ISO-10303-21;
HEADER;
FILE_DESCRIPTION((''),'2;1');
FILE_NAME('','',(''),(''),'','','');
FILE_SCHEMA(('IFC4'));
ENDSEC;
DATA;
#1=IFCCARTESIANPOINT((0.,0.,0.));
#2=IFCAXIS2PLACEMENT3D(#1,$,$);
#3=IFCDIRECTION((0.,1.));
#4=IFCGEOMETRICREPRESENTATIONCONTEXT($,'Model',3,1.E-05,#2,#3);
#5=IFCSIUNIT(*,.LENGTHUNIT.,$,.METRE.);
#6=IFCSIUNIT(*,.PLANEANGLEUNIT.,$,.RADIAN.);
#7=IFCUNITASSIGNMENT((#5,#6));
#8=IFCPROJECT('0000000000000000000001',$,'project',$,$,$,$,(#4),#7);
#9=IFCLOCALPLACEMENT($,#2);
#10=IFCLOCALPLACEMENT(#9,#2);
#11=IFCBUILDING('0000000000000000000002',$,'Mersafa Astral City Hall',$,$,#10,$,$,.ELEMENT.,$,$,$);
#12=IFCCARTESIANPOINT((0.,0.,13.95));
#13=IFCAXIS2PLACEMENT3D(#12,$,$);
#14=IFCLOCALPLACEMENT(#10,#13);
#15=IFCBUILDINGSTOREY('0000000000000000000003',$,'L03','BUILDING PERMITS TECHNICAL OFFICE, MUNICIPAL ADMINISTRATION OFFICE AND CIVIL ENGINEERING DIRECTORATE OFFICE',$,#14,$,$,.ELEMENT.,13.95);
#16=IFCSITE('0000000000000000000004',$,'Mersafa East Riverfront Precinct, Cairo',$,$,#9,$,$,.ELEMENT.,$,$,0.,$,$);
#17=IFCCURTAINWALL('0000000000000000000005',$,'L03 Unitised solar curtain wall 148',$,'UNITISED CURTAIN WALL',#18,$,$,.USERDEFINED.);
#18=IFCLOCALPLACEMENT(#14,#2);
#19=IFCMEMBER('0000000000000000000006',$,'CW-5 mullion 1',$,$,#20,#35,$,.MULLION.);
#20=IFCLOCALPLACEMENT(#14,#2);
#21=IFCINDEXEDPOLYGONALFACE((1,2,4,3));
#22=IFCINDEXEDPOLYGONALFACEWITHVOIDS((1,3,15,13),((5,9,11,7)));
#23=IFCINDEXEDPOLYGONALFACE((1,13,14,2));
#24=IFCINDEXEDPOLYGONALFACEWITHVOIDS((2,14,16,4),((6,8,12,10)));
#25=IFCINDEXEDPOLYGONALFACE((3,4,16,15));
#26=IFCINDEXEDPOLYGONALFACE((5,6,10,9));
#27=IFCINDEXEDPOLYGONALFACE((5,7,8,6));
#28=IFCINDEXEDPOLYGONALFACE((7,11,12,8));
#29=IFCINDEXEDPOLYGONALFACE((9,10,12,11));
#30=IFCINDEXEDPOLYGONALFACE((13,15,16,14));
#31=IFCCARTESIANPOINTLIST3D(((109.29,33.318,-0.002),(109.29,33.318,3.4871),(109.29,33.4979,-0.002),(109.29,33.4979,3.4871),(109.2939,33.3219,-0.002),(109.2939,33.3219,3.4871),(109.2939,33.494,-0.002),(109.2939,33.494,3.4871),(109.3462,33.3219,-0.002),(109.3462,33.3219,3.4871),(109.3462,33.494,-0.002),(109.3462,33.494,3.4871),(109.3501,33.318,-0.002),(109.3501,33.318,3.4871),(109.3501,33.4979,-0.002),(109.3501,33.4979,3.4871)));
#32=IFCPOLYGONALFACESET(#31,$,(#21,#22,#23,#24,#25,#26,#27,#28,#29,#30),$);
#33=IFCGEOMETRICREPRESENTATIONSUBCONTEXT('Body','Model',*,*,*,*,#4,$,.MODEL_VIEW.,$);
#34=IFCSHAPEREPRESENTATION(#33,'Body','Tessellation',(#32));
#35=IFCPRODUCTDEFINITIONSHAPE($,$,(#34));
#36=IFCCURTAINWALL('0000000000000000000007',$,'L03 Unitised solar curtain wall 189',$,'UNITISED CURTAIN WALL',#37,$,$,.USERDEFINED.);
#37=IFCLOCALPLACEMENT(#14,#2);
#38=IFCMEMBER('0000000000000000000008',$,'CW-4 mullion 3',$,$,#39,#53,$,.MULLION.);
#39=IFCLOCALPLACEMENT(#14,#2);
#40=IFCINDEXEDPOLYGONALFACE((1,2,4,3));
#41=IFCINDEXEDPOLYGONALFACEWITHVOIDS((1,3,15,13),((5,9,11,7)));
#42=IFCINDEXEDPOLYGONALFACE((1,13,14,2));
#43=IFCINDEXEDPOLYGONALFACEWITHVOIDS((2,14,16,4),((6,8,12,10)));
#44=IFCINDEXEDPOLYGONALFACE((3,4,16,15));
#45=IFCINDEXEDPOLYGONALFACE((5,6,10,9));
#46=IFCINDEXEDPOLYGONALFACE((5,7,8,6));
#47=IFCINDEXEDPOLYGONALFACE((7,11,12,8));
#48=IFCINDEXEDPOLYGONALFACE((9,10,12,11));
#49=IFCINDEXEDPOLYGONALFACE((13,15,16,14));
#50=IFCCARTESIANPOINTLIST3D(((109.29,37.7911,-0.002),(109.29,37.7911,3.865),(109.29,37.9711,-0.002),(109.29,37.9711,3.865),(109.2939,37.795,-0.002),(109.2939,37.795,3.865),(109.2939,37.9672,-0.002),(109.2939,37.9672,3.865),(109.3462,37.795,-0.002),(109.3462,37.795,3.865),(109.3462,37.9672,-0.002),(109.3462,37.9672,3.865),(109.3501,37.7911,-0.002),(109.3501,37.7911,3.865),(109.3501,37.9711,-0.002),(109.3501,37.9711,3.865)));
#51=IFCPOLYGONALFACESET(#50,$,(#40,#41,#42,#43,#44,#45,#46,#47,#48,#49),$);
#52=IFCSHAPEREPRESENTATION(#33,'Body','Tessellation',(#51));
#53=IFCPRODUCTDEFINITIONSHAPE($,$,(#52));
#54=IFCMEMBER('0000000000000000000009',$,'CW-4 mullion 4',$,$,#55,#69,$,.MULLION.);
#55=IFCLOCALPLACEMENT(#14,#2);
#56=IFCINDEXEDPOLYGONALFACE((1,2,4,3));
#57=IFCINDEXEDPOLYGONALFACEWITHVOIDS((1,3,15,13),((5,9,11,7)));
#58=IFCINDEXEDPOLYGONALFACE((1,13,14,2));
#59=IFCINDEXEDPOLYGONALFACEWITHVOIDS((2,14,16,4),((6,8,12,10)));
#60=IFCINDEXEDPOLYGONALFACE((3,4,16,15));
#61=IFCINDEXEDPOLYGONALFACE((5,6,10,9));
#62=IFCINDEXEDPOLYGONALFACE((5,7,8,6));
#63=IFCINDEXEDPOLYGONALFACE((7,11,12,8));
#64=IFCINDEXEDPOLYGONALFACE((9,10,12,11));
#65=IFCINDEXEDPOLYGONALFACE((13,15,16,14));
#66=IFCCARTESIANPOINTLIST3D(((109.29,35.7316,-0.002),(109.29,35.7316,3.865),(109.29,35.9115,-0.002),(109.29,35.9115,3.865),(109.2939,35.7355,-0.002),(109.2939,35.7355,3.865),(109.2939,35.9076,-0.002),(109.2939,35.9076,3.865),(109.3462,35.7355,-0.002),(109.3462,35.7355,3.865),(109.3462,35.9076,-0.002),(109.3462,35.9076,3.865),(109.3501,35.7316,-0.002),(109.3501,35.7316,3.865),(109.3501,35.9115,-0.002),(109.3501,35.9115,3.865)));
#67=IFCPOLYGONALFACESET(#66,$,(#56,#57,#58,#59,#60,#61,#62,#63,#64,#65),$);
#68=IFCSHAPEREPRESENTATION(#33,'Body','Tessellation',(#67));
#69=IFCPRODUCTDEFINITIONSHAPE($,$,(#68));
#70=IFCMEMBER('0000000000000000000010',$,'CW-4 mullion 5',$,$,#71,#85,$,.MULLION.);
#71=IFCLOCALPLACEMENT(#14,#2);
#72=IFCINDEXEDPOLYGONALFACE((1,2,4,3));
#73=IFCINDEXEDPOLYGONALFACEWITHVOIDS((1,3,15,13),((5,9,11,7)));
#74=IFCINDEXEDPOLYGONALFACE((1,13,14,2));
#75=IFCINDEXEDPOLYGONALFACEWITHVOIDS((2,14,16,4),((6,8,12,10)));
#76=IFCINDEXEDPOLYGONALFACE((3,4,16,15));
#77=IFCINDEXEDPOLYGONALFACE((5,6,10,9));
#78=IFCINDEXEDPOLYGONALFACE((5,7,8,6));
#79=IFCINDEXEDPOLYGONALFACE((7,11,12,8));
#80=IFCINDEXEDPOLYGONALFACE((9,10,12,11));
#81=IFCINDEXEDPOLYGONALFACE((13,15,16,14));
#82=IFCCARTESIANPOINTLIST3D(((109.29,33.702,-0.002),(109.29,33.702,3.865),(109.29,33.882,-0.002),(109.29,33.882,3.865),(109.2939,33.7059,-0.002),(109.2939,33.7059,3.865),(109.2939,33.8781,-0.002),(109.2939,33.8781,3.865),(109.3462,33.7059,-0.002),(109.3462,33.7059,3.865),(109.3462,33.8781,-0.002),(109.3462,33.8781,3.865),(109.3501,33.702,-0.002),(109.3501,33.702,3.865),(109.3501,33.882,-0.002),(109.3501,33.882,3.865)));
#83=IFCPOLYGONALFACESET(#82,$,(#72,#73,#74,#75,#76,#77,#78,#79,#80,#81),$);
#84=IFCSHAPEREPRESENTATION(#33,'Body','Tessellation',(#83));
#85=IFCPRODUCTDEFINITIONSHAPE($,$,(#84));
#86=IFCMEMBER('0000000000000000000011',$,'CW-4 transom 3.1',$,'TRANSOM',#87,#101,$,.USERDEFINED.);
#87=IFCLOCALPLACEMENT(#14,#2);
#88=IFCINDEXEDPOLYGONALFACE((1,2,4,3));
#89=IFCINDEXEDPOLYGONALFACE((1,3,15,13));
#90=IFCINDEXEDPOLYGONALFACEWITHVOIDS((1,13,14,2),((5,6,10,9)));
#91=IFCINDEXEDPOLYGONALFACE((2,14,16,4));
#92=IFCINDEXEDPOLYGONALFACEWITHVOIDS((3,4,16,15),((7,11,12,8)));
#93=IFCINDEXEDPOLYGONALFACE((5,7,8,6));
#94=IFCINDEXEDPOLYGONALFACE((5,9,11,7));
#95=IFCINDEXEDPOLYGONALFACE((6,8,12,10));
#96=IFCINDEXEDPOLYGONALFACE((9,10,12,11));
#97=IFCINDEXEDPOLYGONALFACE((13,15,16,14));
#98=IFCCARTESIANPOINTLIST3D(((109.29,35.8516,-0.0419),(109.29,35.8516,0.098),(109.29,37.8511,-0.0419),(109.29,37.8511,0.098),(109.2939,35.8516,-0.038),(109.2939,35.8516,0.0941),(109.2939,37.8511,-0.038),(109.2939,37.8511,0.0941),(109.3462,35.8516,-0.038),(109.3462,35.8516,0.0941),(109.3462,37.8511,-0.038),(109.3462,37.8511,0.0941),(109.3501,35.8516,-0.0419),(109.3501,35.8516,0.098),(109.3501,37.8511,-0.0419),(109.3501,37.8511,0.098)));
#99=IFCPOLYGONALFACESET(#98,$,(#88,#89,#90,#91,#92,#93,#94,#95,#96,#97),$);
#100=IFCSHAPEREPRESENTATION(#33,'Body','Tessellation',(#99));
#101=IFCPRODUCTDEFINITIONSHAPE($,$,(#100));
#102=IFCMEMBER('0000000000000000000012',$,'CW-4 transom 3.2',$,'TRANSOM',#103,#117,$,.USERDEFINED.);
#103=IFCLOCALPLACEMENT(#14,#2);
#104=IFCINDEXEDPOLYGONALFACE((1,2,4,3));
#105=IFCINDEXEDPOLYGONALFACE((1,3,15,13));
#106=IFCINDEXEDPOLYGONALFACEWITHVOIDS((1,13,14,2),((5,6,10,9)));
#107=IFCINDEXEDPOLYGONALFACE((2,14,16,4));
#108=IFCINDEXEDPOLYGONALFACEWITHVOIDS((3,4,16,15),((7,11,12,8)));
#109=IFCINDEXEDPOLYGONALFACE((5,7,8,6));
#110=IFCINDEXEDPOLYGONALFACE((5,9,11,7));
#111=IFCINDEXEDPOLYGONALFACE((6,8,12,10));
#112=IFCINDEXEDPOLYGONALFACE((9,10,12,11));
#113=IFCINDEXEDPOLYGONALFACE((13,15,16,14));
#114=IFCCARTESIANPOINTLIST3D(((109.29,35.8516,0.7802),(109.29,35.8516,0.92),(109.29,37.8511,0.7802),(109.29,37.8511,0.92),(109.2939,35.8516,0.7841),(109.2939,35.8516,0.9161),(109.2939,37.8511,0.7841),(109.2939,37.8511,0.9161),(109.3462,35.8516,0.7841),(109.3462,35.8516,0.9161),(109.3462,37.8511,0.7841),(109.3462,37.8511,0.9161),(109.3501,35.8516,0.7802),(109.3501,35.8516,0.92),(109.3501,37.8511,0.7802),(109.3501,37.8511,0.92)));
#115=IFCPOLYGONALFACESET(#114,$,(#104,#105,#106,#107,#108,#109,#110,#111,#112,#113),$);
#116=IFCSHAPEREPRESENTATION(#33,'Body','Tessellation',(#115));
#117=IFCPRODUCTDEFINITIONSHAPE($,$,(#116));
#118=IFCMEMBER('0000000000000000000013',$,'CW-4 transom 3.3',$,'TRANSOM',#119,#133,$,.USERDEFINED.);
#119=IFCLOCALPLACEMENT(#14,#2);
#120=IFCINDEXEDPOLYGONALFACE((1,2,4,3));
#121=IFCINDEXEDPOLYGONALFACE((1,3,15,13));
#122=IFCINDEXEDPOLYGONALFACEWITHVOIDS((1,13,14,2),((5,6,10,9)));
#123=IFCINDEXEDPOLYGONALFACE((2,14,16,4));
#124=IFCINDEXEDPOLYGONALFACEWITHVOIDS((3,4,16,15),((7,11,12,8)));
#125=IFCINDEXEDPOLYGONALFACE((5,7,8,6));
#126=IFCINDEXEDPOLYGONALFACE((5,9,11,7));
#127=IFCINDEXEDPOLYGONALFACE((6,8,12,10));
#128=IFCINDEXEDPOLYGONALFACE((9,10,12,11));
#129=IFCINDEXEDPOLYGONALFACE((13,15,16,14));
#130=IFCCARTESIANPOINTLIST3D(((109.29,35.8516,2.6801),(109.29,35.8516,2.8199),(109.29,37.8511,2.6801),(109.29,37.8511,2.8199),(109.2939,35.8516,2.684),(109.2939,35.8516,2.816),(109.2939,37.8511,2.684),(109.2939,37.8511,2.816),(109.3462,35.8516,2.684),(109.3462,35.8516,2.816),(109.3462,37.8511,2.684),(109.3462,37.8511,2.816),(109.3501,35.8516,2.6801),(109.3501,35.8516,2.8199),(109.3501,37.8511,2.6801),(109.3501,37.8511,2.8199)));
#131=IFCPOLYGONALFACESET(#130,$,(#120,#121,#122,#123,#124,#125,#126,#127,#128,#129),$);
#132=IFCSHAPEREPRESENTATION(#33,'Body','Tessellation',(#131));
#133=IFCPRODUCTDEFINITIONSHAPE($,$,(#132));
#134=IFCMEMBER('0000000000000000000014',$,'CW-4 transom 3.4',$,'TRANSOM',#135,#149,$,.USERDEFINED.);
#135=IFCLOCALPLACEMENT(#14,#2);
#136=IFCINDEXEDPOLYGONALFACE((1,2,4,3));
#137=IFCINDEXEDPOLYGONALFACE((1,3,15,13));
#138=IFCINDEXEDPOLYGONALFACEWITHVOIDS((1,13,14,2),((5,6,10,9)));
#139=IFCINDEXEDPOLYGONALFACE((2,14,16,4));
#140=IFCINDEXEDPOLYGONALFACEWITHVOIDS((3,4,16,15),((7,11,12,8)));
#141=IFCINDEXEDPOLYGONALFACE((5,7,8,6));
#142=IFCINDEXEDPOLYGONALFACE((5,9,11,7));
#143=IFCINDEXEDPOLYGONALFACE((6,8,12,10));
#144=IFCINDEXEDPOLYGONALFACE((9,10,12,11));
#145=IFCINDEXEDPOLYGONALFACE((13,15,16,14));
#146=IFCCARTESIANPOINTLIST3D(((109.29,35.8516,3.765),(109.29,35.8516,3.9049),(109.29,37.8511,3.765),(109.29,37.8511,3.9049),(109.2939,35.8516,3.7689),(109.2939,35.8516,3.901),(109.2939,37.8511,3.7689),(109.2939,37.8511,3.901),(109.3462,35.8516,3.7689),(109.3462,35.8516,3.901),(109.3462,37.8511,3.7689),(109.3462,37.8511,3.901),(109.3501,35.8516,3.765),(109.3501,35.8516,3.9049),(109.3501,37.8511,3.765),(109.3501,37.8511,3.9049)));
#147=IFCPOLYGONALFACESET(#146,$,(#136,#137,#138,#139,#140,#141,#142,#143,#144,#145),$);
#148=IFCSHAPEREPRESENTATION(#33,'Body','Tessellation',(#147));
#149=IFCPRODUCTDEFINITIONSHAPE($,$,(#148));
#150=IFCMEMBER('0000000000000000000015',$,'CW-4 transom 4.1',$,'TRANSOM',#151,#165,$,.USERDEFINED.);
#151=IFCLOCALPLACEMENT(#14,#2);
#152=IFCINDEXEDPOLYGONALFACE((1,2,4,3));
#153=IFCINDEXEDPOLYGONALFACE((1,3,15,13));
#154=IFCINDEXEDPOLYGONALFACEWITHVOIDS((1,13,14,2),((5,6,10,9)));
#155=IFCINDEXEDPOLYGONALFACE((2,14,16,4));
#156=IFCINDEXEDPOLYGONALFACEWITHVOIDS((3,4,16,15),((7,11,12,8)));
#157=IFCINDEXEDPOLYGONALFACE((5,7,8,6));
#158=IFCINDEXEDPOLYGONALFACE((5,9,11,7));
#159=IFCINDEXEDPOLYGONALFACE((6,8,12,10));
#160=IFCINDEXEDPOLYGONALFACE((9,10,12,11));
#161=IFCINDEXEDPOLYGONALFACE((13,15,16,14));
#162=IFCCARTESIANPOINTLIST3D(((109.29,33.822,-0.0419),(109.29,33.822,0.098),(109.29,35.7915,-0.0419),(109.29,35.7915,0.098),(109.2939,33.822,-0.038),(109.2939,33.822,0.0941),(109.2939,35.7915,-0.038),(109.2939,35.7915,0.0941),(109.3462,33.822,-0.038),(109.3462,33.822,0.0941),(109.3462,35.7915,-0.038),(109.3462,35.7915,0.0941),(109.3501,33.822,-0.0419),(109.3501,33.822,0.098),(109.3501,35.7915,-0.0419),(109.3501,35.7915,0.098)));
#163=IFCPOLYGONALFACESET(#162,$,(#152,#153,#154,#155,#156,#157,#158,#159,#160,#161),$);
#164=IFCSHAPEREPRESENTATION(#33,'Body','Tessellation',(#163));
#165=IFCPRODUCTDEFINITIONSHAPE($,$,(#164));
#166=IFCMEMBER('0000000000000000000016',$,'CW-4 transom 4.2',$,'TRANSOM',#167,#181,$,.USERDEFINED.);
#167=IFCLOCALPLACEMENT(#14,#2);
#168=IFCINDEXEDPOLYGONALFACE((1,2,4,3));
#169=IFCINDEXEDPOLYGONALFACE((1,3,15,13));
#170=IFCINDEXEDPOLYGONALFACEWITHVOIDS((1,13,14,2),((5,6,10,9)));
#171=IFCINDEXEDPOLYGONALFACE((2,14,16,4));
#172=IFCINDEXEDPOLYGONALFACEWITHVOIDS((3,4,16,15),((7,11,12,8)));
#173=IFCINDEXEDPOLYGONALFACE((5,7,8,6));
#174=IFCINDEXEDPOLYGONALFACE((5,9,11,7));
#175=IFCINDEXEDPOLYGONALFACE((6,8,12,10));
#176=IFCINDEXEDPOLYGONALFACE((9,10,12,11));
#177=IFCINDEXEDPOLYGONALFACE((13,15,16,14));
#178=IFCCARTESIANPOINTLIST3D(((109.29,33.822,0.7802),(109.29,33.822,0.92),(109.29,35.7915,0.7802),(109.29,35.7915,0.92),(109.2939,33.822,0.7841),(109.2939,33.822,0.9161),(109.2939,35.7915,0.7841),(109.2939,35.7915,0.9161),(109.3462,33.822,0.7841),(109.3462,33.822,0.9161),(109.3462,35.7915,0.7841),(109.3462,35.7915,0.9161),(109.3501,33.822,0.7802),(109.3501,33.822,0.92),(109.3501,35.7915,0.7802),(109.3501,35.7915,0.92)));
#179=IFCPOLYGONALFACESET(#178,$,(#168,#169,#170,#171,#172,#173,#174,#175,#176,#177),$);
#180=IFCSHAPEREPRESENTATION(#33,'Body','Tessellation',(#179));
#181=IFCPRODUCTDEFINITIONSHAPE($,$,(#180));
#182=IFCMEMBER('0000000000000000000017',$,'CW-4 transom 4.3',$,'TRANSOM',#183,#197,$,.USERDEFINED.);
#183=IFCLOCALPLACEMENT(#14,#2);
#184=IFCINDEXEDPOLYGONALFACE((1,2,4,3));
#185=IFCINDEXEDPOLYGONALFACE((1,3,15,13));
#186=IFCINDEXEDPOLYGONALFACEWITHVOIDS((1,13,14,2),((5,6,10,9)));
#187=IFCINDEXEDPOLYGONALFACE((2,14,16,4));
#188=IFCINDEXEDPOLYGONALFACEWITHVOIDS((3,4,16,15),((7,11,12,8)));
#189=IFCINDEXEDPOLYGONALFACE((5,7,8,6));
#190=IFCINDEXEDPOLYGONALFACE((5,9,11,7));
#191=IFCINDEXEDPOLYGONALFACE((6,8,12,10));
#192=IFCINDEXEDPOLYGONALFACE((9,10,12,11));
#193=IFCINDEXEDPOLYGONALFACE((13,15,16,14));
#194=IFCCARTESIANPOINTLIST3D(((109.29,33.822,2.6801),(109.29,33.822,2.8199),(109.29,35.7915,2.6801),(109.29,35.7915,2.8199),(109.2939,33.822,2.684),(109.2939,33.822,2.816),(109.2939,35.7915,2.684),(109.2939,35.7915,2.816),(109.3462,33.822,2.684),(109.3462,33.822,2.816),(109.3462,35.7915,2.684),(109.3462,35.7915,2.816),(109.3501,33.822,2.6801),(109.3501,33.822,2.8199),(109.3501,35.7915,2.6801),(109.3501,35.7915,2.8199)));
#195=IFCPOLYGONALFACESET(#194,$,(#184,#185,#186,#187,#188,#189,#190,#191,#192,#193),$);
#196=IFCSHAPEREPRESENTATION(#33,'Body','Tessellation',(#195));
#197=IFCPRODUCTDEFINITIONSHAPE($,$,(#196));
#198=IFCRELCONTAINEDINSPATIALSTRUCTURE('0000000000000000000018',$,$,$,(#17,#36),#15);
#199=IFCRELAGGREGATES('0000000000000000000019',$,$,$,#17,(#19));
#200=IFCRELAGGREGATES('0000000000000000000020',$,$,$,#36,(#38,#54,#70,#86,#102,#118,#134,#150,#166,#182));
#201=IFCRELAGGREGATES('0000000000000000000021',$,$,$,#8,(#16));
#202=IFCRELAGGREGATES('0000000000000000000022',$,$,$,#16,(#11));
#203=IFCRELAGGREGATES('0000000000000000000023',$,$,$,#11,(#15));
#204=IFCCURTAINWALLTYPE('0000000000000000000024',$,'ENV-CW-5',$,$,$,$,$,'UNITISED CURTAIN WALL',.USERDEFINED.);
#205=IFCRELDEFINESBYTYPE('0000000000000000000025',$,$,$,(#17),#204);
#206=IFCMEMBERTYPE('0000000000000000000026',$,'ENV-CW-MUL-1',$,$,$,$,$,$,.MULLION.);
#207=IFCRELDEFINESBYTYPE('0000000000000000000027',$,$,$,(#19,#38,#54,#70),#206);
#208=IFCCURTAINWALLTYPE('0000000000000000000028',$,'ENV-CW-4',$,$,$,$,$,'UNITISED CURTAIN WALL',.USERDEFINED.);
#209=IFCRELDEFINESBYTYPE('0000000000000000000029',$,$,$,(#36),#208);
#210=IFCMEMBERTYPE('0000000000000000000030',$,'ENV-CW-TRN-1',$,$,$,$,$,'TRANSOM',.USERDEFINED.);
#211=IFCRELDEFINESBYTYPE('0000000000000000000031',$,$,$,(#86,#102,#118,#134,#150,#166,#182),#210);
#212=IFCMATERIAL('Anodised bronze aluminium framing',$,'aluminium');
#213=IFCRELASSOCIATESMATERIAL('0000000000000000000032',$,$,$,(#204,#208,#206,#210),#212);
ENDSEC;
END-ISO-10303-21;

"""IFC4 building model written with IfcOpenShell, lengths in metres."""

from ifc_helpers import new_model, si_unit, direction, frame, origin, origin_2d, place, context, subcontext, project, spatial, hollow_rectangle, extrude, material, material_profile, profile_set, type_object, element, aggregate, save


model = new_model("IFC4")

# Units and contexts
model_context = context("Model", 3, precision=1e-05, world=origin(), true_north=direction((0.0, 1.0)))
body_context = subcontext(model_context, "Body", "Model", "MODEL_VIEW")
ifc_project = project(units=[si_unit("LENGTHUNIT", "METRE"), si_unit("PLANEANGLEUNIT", "RADIAN")], contexts=[model_context])

# Site, building, storey
site_placement = place(None, origin())
site = spatial("IfcSite", under=ifc_project, at=site_placement, Name="Mersafa East Riverfront Precinct, Cairo", CompositionType="ELEMENT", RefElevation=0.0)
building_placement = place(site_placement, origin())
building = spatial("IfcBuilding", under=site, at=building_placement, Name="Mersafa Astral City Hall", CompositionType="ELEMENT")
storey_placement = place(building_placement, frame((0.0, 0.0, 13.95)))
storey = spatial("IfcBuildingStorey", under=building, at=storey_placement, Name="L03", Description="BUILDING PERMITS TECHNICAL OFFICE, MUNICIPAL ADMINISTRATION OFFICE AND CIVIL ENGINEERING DIRECTORATE OFFICE", CompositionType="ELEMENT", Elevation=13.95)

# Curtain wall, member
ifc_material_1 = material(Name="Anodised bronze aluminium framing", Category="aluminium")
curtain_wall_type_1 = type_object("IfcCurtainWallType", Name="ENV-CW-5", ElementType="UNITISED CURTAIN WALL", PredefinedType="USERDEFINED", material=ifc_material_1)
curtain_wall_1_placement = place(storey_placement, origin())
curtain_wall_1 = element("IfcCurtainWall", 1, at=curtain_wall_1_placement, inside=storey, type_object=curtain_wall_type_1, Name="L03 Unitised solar curtain wall 148", ObjectType="UNITISED CURTAIN WALL", PredefinedType="USERDEFINED")
ifc_material_profile_1 = material_profile(ifc_material_1, hollow_rectangle(XDim=0.0601, YDim=0.1799, WallThickness=0.0039, at=origin_2d()), Name="RHS 60x180x4")
ifc_profile_set_1 = profile_set([ifc_material_profile_1], Name="Anodised bronze aluminium framing")
member_type_1 = type_object("IfcMemberType", Name="ENV-CW-MUL-1", PredefinedType="MULLION", material=ifc_profile_set_1)
member_1_placement = place(storey_placement, frame((109.3201, 33.408, -0.002), z_axis=(0.0, 0.0, 1.0), x_axis=(1.0, 0.0, 0.0)))
member_1 = element("IfcMember", 2, at=member_1_placement, type_object=member_type_1, Name="CW-5 mullion 1", PredefinedType="MULLION", context=body_context, shape_type="SweptSolid", body=[
    extrude(hollow_rectangle(XDim=0.0601, YDim=0.1799, WallThickness=0.0039, at=origin_2d()), origin(), (0.0, 0.0, 1.0), 3.489),
])
aggregate(curtain_wall_1, [member_1])

# Curtain wall, members
curtain_wall_type_2 = type_object("IfcCurtainWallType", Name="ENV-CW-4", ElementType="UNITISED CURTAIN WALL", PredefinedType="USERDEFINED", material=ifc_material_1)
curtain_wall_2_placement = place(storey_placement, origin())
curtain_wall_2 = element("IfcCurtainWall", 3, at=curtain_wall_2_placement, inside=storey, type_object=curtain_wall_type_2, Name="L03 Unitised solar curtain wall 189", ObjectType="UNITISED CURTAIN WALL", PredefinedType="USERDEFINED")
member_2_placement = place(storey_placement, frame((109.3201, 37.8811, -0.002), z_axis=(0.0, 0.0, 1.0), x_axis=(1.0, 0.0, 0.0)))
member_2 = element("IfcMember", 4, at=member_2_placement, type_object=member_type_1, Name="CW-4 mullion 3", PredefinedType="MULLION", context=body_context, shape_type="SweptSolid", body=[
    extrude(hollow_rectangle(XDim=0.0601, YDim=0.1799, WallThickness=0.0039, at=origin_2d()), origin(), (0.0, 0.0, 1.0), 3.8669),
])
member_3_placement = place(storey_placement, frame((109.3201, 35.8215, -0.002), z_axis=(0.0, 0.0, 1.0), x_axis=(1.0, 0.0, 0.0)))
member_3 = element("IfcMember", 5, at=member_3_placement, type_object=member_type_1, Name="CW-4 mullion 4", PredefinedType="MULLION", context=body_context, shape_type="SweptSolid", body=[
    extrude(hollow_rectangle(XDim=0.0601, YDim=0.1799, WallThickness=0.0039, at=origin_2d()), origin(), (0.0, 0.0, 1.0), 3.8669),
])
member_4_placement = place(storey_placement, frame((109.3201, 33.792, -0.002), z_axis=(0.0, 0.0, 1.0), x_axis=(1.0, 0.0, 0.0)))
member_4 = element("IfcMember", 6, at=member_4_placement, type_object=member_type_1, Name="CW-4 mullion 5", PredefinedType="MULLION", context=body_context, shape_type="SweptSolid", body=[
    extrude(hollow_rectangle(XDim=0.0601, YDim=0.1799, WallThickness=0.0039, at=origin_2d()), origin(), (0.0, 0.0, 1.0), 3.8669),
])
ifc_material_profile_2 = material_profile(ifc_material_1, hollow_rectangle(XDim=0.0601, YDim=0.1399, WallThickness=0.0039, at=origin_2d()), Name="RHS 60x140x4")
ifc_profile_set_2 = profile_set([ifc_material_profile_2], Name="Anodised bronze aluminium framing")
member_type_2 = type_object("IfcMemberType", Name="ENV-CW-TRN-1", ElementType="TRANSOM", PredefinedType="USERDEFINED", material=ifc_profile_set_2)
member_5_placement = place(storey_placement, frame((109.3201, 37.8511, 0.0281), z_axis=(0.0, -1.0, 0.0), x_axis=(1.0, 0.0, 0.0)))
member_5 = element("IfcMember", 7, at=member_5_placement, type_object=member_type_2, Name="CW-4 transom 3.1", ObjectType="TRANSOM", PredefinedType="USERDEFINED", context=body_context, shape_type="SweptSolid", body=[
    extrude(hollow_rectangle(XDim=0.0601, YDim=0.1399, WallThickness=0.0039, at=origin_2d()), origin(), (0.0, 0.0, 1.0), 1.9995),
])
member_6_placement = place(storey_placement, frame((109.3201, 37.8511, 0.8501), z_axis=(0.0, -1.0, 0.0), x_axis=(1.0, 0.0, 0.0)))
member_6 = element("IfcMember", 8, at=member_6_placement, type_object=member_type_2, Name="CW-4 transom 3.2", ObjectType="TRANSOM", PredefinedType="USERDEFINED", context=body_context, shape_type="SweptSolid", body=[
    extrude(hollow_rectangle(XDim=0.0601, YDim=0.1399, WallThickness=0.0039, at=origin_2d()), origin(), (0.0, 0.0, 1.0), 1.9995),
])
member_7_placement = place(storey_placement, frame((109.3201, 37.8511, 2.75), z_axis=(0.0, -1.0, 0.0), x_axis=(1.0, 0.0, 0.0)))
member_7 = element("IfcMember", 9, at=member_7_placement, type_object=member_type_2, Name="CW-4 transom 3.3", ObjectType="TRANSOM", PredefinedType="USERDEFINED", context=body_context, shape_type="SweptSolid", body=[
    extrude(hollow_rectangle(XDim=0.0601, YDim=0.1399, WallThickness=0.0039, at=origin_2d()), origin(), (0.0, 0.0, 1.0), 1.9995),
])
member_8_placement = place(storey_placement, frame((109.3201, 37.8511, 3.835), z_axis=(0.0, -1.0, 0.0), x_axis=(1.0, 0.0, 0.0)))
member_8 = element("IfcMember", 10, at=member_8_placement, type_object=member_type_2, Name="CW-4 transom 3.4", ObjectType="TRANSOM", PredefinedType="USERDEFINED", context=body_context, shape_type="SweptSolid", body=[
    extrude(hollow_rectangle(XDim=0.0601, YDim=0.1399, WallThickness=0.0039, at=origin_2d()), origin(), (0.0, 0.0, 1.0), 1.9995),
])
member_9_placement = place(storey_placement, frame((109.3201, 35.7915, 0.0281), z_axis=(0.0, -1.0, 0.0), x_axis=(1.0, 0.0, 0.0)))
member_9 = element("IfcMember", 11, at=member_9_placement, type_object=member_type_2, Name="CW-4 transom 4.1", ObjectType="TRANSOM", PredefinedType="USERDEFINED", context=body_context, shape_type="SweptSolid", body=[
    extrude(hollow_rectangle(XDim=0.0601, YDim=0.1399, WallThickness=0.0039, at=origin_2d()), origin(), (0.0, 0.0, 1.0), 1.9695),
])
member_10_placement = place(storey_placement, frame((109.3201, 35.7915, 0.8501), z_axis=(0.0, -1.0, 0.0), x_axis=(1.0, 0.0, 0.0)))
member_10 = element("IfcMember", 12, at=member_10_placement, type_object=member_type_2, Name="CW-4 transom 4.2", ObjectType="TRANSOM", PredefinedType="USERDEFINED", context=body_context, shape_type="SweptSolid", body=[
    extrude(hollow_rectangle(XDim=0.0601, YDim=0.1399, WallThickness=0.0039, at=origin_2d()), origin(), (0.0, 0.0, 1.0), 1.9695),
])
member_11_placement = place(storey_placement, frame((109.3201, 35.7915, 2.75), z_axis=(0.0, -1.0, 0.0), x_axis=(1.0, 0.0, 0.0)))
member_11 = element("IfcMember", 13, at=member_11_placement, type_object=member_type_2, Name="CW-4 transom 4.3", ObjectType="TRANSOM", PredefinedType="USERDEFINED", context=body_context, shape_type="SweptSolid", body=[
    extrude(hollow_rectangle(XDim=0.0601, YDim=0.1399, WallThickness=0.0039, at=origin_2d()), origin(), (0.0, 0.0, 1.0), 1.9695),
])
aggregate(curtain_wall_2, [member_2, member_3, member_4, member_5, member_6, member_7, member_8, member_9, member_10, member_11])

save(model, "model.ifc")
